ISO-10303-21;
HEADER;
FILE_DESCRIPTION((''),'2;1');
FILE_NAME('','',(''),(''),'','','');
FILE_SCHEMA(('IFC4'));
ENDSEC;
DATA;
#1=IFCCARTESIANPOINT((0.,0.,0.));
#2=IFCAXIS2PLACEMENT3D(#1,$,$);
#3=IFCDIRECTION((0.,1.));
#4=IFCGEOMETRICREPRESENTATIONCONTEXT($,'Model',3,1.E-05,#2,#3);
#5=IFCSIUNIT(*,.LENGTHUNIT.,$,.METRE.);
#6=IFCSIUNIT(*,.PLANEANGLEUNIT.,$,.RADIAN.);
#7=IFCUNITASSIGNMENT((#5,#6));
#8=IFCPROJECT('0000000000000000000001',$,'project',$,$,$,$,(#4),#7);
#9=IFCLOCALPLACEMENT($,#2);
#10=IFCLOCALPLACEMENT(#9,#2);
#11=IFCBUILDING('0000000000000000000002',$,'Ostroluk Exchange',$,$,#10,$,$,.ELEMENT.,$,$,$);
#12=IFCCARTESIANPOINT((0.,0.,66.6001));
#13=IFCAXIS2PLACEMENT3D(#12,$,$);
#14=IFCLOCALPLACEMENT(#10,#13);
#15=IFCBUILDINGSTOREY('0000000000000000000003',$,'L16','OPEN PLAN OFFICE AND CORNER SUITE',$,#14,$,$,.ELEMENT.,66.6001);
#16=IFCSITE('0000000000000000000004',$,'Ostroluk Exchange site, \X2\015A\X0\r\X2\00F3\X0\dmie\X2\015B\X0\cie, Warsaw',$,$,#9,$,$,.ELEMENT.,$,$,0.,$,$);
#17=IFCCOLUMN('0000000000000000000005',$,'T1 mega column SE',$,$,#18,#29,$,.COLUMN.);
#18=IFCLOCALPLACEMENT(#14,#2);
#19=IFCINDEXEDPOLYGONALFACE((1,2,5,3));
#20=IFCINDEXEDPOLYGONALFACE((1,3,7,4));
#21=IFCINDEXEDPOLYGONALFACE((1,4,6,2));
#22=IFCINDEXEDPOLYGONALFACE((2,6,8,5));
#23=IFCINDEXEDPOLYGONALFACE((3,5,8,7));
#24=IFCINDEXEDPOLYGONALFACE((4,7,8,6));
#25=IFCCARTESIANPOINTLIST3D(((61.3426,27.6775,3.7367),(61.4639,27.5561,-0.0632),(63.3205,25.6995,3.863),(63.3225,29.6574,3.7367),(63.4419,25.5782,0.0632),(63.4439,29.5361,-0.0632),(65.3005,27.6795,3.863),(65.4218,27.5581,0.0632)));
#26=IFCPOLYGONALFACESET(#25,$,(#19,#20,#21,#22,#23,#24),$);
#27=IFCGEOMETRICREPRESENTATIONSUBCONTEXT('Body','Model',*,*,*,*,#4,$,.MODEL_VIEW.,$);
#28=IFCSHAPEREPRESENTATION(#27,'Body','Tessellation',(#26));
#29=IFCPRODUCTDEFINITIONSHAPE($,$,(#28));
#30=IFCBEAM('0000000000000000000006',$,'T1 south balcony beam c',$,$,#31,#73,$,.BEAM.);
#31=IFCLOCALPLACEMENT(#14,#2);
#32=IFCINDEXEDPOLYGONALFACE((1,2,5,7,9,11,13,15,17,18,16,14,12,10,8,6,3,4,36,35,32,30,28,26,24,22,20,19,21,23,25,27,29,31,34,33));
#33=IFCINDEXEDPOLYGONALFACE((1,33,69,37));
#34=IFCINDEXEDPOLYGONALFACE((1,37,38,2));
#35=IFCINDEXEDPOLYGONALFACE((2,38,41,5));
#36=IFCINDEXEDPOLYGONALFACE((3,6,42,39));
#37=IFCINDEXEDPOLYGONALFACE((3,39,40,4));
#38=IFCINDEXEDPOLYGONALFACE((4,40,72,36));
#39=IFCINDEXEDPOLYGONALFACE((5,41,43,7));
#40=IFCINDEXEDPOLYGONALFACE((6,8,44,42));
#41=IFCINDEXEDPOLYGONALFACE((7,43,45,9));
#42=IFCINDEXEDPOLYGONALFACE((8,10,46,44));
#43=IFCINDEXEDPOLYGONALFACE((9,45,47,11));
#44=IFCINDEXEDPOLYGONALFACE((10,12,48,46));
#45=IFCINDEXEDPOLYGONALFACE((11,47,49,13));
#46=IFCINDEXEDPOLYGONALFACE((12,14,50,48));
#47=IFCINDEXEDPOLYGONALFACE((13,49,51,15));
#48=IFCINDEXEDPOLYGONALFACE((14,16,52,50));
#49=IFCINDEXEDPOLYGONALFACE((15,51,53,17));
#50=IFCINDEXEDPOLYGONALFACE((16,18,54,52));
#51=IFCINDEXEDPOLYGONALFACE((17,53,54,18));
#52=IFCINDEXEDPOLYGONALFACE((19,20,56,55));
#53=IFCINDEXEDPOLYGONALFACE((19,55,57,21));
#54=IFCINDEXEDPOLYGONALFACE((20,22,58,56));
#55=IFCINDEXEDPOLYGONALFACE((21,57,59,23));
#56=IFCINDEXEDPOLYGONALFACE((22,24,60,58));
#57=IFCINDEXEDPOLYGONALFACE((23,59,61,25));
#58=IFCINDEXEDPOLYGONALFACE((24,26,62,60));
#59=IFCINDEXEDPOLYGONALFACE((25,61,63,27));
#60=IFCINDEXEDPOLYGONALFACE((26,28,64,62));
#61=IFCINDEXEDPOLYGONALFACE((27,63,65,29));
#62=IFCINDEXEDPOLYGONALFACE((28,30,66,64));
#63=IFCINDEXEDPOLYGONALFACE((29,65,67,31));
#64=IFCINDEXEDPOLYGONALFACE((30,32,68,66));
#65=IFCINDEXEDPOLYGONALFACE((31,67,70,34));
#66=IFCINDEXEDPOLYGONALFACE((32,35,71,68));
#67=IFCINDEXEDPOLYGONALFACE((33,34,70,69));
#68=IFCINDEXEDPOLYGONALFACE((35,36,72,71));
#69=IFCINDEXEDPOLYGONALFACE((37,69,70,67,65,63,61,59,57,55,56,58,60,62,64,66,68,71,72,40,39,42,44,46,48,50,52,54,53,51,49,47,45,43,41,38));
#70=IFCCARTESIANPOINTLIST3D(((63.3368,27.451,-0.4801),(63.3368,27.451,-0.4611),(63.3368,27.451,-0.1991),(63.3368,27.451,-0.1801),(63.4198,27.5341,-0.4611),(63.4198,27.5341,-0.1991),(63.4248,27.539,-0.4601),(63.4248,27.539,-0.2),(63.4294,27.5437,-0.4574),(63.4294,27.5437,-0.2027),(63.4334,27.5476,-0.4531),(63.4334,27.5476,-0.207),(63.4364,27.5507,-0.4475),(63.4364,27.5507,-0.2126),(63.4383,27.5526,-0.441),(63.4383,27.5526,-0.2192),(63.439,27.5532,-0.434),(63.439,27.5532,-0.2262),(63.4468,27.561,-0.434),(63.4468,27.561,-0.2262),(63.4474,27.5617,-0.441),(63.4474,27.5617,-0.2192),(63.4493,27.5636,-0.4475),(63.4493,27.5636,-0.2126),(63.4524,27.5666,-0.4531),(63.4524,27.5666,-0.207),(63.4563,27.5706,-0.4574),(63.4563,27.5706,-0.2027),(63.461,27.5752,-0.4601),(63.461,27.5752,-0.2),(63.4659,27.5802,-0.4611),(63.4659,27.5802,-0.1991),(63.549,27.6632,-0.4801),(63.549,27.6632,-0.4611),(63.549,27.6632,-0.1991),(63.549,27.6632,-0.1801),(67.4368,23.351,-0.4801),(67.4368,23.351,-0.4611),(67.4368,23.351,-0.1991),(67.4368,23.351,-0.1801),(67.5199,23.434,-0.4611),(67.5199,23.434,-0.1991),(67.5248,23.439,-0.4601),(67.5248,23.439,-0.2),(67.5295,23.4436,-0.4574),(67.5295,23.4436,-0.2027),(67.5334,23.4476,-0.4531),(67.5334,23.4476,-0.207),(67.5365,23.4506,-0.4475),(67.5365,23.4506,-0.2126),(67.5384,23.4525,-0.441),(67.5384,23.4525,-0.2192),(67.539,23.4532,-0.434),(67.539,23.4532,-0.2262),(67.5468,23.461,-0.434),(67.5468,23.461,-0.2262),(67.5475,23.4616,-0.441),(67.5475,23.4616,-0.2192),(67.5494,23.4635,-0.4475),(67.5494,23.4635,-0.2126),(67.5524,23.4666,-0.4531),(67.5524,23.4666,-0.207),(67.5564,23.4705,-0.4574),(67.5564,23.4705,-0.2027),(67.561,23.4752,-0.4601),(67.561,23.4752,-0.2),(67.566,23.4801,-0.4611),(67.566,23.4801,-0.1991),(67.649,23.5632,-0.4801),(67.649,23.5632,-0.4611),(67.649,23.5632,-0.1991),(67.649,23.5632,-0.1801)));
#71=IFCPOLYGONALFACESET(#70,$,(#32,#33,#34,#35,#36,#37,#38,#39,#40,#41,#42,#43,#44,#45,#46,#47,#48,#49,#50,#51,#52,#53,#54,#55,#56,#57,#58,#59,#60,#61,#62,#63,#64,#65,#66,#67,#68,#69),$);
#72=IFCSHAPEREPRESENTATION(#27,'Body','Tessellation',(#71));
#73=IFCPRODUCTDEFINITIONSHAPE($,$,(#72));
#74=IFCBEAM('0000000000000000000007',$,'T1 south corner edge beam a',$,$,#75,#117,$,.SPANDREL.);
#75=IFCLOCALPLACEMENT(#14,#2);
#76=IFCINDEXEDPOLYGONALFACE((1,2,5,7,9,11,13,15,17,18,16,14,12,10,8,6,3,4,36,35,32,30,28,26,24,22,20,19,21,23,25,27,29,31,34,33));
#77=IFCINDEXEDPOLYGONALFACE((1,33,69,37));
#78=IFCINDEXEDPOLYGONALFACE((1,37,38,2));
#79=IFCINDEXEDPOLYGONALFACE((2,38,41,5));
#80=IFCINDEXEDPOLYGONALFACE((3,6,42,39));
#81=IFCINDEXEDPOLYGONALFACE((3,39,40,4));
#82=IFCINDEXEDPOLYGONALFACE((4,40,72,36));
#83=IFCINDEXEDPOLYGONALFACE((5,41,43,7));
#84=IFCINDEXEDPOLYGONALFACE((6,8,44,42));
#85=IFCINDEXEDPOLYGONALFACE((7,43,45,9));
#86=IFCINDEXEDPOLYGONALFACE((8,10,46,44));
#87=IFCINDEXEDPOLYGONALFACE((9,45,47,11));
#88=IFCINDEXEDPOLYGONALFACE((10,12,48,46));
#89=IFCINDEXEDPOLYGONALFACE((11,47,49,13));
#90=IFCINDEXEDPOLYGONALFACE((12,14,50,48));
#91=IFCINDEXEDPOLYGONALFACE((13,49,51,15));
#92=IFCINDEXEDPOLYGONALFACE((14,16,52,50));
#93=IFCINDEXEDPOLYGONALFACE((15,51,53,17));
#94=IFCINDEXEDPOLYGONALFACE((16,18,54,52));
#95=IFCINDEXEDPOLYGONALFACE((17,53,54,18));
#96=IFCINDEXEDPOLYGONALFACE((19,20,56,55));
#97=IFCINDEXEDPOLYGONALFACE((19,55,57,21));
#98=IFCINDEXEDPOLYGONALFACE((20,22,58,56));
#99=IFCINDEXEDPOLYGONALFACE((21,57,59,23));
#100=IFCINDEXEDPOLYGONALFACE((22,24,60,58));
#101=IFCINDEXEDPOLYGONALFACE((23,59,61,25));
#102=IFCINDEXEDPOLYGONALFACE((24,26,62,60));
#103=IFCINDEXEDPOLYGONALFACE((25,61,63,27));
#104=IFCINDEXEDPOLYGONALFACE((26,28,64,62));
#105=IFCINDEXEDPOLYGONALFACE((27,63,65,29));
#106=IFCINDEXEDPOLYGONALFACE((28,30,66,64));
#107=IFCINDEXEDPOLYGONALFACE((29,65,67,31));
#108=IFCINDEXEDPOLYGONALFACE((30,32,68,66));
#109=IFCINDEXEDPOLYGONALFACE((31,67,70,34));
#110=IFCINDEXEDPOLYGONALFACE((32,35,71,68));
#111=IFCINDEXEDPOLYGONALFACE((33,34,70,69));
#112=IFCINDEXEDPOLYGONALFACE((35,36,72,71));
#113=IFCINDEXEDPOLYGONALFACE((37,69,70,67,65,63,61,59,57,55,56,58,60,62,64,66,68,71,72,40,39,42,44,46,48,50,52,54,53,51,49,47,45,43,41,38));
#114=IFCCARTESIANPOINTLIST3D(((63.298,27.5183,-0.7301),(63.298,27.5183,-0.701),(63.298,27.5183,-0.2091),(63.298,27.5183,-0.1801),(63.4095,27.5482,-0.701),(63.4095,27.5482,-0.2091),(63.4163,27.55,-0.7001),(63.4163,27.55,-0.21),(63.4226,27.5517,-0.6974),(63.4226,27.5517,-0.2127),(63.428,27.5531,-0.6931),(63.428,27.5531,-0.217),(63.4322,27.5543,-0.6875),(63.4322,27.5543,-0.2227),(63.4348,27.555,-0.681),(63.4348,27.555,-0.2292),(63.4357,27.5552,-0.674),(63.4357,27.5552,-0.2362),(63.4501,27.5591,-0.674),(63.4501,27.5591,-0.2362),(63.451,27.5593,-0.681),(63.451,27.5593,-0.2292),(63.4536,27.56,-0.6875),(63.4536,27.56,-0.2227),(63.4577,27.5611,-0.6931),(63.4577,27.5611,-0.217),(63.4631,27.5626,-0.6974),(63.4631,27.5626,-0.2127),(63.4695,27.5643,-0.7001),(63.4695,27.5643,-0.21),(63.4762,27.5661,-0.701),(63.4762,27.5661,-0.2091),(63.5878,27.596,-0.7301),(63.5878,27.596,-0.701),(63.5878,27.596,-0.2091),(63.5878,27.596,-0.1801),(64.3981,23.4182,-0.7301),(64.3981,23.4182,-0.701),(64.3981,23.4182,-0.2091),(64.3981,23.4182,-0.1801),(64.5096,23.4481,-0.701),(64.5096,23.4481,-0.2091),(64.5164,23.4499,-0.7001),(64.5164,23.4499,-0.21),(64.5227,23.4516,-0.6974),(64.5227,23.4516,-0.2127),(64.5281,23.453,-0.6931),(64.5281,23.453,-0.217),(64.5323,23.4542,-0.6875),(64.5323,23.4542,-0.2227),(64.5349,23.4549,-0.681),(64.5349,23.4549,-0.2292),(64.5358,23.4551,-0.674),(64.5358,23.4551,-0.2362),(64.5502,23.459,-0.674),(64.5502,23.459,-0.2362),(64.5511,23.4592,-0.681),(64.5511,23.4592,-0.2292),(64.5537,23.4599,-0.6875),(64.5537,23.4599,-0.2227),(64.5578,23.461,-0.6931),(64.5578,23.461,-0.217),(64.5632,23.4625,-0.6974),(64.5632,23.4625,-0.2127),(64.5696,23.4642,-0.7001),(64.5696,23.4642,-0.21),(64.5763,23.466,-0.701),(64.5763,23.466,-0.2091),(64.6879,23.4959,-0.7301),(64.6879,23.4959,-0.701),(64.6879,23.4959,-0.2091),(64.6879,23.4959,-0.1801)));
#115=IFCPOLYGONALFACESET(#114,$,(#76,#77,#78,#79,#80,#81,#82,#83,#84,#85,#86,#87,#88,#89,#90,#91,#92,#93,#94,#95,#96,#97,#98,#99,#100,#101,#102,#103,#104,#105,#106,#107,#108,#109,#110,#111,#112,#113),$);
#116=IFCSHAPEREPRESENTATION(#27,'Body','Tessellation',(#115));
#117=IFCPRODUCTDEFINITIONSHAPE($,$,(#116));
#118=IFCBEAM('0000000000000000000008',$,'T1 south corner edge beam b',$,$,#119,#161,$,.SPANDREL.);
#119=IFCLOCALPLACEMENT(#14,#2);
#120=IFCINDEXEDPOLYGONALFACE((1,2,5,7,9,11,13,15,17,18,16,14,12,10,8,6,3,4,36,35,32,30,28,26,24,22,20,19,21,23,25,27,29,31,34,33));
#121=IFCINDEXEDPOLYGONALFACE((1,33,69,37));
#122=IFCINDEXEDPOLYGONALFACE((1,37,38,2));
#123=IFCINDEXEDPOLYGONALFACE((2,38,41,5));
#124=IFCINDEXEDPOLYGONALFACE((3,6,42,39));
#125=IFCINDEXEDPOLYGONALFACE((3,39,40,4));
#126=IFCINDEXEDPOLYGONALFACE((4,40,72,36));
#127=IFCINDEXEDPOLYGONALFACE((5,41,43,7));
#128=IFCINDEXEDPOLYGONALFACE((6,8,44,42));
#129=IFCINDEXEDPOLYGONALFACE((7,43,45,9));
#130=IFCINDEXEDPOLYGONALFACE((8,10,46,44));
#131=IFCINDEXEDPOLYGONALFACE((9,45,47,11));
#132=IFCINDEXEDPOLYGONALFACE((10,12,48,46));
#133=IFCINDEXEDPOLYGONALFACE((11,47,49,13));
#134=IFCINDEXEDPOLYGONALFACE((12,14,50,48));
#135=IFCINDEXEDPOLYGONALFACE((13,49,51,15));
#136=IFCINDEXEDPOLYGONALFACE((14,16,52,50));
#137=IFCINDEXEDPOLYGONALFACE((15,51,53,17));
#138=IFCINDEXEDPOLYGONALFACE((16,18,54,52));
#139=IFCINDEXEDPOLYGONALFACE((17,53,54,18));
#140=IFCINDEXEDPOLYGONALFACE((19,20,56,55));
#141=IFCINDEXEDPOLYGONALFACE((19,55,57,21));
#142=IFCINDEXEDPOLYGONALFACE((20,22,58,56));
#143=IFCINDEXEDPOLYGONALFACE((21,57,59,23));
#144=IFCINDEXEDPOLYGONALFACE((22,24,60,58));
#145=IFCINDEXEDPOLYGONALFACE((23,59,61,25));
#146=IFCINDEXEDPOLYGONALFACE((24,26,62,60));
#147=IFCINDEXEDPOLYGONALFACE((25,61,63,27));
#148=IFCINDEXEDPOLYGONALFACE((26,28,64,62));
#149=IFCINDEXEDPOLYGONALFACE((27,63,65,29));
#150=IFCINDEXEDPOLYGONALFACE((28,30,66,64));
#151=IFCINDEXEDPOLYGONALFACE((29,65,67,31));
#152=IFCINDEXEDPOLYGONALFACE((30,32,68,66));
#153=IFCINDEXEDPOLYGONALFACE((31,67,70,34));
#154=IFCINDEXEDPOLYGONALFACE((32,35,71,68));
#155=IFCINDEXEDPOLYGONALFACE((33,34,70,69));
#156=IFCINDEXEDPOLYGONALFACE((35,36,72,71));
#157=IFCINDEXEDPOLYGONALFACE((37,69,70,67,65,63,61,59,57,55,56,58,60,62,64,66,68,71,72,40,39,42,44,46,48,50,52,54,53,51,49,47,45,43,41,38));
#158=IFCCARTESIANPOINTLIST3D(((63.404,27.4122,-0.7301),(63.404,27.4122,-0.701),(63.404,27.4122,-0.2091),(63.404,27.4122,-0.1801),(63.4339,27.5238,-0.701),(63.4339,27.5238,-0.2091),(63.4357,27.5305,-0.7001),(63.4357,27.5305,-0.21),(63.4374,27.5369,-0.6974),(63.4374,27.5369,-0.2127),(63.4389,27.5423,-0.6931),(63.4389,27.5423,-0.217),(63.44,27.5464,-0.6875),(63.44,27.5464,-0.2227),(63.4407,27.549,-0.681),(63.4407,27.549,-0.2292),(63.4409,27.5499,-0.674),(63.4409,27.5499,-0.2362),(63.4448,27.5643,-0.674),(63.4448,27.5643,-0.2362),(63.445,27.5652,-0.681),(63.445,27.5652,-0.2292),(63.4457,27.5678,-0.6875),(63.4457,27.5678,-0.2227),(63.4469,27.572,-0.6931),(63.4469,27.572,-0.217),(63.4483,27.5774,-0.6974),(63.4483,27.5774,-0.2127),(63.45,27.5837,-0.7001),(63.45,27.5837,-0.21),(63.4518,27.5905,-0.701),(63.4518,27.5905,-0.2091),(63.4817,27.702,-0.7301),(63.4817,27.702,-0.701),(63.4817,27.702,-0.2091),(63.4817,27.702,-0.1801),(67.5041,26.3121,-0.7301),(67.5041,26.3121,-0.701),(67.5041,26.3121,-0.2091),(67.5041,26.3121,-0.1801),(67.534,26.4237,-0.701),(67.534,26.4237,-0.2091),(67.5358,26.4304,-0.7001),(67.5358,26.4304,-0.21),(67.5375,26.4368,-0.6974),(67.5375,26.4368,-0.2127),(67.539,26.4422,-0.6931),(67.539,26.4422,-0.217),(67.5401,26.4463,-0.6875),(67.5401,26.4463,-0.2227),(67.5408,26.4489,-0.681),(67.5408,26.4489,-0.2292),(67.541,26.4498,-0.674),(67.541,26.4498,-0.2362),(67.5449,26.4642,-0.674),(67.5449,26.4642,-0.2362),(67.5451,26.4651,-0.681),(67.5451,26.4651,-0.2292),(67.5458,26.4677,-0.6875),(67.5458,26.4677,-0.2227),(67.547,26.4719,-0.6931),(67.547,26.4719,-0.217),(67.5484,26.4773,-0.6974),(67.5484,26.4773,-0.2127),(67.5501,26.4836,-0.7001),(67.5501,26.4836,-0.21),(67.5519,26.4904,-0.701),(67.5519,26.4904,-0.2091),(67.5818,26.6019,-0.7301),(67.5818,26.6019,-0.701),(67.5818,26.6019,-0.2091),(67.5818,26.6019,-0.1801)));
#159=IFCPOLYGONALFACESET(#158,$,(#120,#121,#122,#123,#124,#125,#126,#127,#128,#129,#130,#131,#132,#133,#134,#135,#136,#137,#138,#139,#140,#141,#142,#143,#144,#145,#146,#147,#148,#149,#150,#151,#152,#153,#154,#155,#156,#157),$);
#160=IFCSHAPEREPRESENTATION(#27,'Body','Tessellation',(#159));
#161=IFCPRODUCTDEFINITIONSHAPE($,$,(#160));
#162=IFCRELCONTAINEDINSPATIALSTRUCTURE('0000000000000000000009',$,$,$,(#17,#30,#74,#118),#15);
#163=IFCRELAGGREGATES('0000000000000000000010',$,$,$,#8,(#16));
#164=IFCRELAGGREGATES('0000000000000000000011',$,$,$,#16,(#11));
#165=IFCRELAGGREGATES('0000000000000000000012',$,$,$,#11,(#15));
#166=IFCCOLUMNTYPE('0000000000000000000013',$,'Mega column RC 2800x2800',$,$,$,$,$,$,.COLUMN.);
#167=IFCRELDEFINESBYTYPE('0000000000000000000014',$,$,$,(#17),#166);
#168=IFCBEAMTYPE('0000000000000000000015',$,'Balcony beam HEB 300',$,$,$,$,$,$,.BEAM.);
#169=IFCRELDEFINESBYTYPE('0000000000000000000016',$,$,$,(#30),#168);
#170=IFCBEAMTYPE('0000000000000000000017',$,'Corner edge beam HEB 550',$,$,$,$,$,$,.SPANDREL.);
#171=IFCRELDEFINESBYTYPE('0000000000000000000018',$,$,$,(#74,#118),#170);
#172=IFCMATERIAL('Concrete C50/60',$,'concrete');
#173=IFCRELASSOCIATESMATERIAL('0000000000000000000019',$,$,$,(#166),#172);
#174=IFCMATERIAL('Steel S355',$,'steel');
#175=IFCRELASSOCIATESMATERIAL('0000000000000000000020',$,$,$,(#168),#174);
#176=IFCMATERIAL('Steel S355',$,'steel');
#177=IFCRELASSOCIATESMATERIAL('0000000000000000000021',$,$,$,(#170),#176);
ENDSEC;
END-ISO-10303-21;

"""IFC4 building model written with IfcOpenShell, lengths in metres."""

from ifc_helpers import new_model, si_unit, direction, frame, origin, origin_2d, place, context, subcontext, project, spatial, rectangle, i_section, extrude, material, material_profile, profile_set, type_object, element, save


model = new_model("IFC4")

# Units and contexts
model_context = context("Model", 3, precision=1e-05, world=origin(), true_north=direction((0.0, 1.0)))
body_context = subcontext(model_context, "Body", "Model", "MODEL_VIEW")
ifc_project = project(units=[si_unit("LENGTHUNIT", "METRE"), si_unit("PLANEANGLEUNIT", "RADIAN")], contexts=[model_context])

# Site, building, storey
site_placement = place(None, origin())
site = spatial("IfcSite", under=ifc_project, at=site_placement, Name="Ostroluk Exchange site, Śródmieście, Warsaw", CompositionType="ELEMENT", RefElevation=0.0)
building_placement = place(site_placement, origin())
building = spatial("IfcBuilding", under=site, at=building_placement, Name="Ostroluk Exchange", CompositionType="ELEMENT")
storey_placement = place(building_placement, frame((0.0, 0.0, 66.6001)))
storey = spatial("IfcBuildingStorey", under=building, at=storey_placement, Name="L16", Description="OPEN PLAN OFFICE AND CORNER SUITE", CompositionType="ELEMENT", Elevation=66.6001)

# Column
ifc_material_1 = material(Name="Concrete C50/60", Category="concrete")
ifc_material_profile_1 = material_profile(ifc_material_1, rectangle(XDim=2.8, YDim=2.8, at=origin_2d()), Name="RC 2800x2800")
ifc_profile_set_1 = profile_set([ifc_material_profile_1], Name="Concrete C50/60")
column_type = type_object("IfcColumnType", Name="Mega column RC 2800x2800", PredefinedType="COLUMN", material=ifc_profile_set_1)
column_placement = place(storey_placement, frame((63.4429, 27.5571, 0.0), z_axis=(-0.0319, 0.0319, 0.998982), x_axis=(-0.707107, -0.707107, 0.0)))
element("IfcColumn", 1, at=column_placement, inside=storey, type_object=column_type, Name="T1 mega column SE", PredefinedType="COLUMN", context=body_context, shape_type="SweptSolid", body=[
    extrude(rectangle(XDim=2.8, YDim=2.8, at=origin_2d()), origin(), (0.0, 0.0, 1.0), 3.8037),
])

# Beams
ifc_material_2 = material(Name="Steel S355", Category="steel")
ifc_material_profile_2 = material_profile(ifc_material_2, i_section(OverallWidth=0.3, OverallDepth=0.3, WebThickness=0.011, FlangeThickness=0.019, FilletRadius=0.0271, at=origin_2d()), Name="HEB 300")
ifc_profile_set_2 = profile_set([ifc_material_profile_2], Name="Steel S355")
beam_type_1 = type_object("IfcBeamType", Name="Balcony beam HEB 300", PredefinedType="BEAM", material=ifc_profile_set_2)
beam_1_placement = place(storey_placement, frame((63.4429, 27.5571, -0.3301), z_axis=(0.707107, -0.707107, 0.0), x_axis=(0.707107, 0.707107, 0.0)))
element("IfcBeam", 2, at=beam_1_placement, inside=storey, type_object=beam_type_1, Name="T1 south balcony beam c", PredefinedType="BEAM", context=body_context, shape_type="SweptSolid", body=[
    extrude(i_section(OverallWidth=0.3, OverallDepth=0.3, WebThickness=0.011, FlangeThickness=0.019, FilletRadius=0.0271, at=origin_2d()), origin(), (0.0, 0.0, 1.0), 5.7983),
])
ifc_material_3 = material(Name="Steel S355", Category="steel")
ifc_material_profile_3 = material_profile(ifc_material_3, i_section(OverallWidth=0.3, OverallDepth=0.55, WebThickness=0.0149, FlangeThickness=0.0291, FilletRadius=0.0271, at=origin_2d()), Name="HEB 550")
ifc_profile_set_3 = profile_set([ifc_material_profile_3], Name="Steel S355")
beam_type_2 = type_object("IfcBeamType", Name="Corner edge beam HEB 550", PredefinedType="SPANDREL", material=ifc_profile_set_3)
for number, where, z_axis, x_axis, name in (
    (3, (63.4429, 27.5571, -0.4551), (0.259144, -0.965839, 0.0), (0.965839, 0.259144, 0.0), "T1 south corner edge beam a"),
    (4, (63.4429, 27.5571, -0.4551), (0.965839, -0.259144, 0.0), (0.259144, 0.965839, 0.0), "T1 south corner edge beam b"),
):
    element("IfcBeam", number, at=place(storey_placement, frame(where, z_axis=z_axis, x_axis=x_axis)), inside=storey, type_object=beam_type_2, Name=name, PredefinedType="SPANDREL", context=body_context, shape_type="SweptSolid", body=[
        extrude(i_section(OverallWidth=0.3, OverallDepth=0.55, WebThickness=0.0149, FlangeThickness=0.0291, FilletRadius=0.0271, at=origin_2d()), origin(), (0.0, 0.0, 1.0), 4.2451),
    ])

save(model, "model.ifc")
